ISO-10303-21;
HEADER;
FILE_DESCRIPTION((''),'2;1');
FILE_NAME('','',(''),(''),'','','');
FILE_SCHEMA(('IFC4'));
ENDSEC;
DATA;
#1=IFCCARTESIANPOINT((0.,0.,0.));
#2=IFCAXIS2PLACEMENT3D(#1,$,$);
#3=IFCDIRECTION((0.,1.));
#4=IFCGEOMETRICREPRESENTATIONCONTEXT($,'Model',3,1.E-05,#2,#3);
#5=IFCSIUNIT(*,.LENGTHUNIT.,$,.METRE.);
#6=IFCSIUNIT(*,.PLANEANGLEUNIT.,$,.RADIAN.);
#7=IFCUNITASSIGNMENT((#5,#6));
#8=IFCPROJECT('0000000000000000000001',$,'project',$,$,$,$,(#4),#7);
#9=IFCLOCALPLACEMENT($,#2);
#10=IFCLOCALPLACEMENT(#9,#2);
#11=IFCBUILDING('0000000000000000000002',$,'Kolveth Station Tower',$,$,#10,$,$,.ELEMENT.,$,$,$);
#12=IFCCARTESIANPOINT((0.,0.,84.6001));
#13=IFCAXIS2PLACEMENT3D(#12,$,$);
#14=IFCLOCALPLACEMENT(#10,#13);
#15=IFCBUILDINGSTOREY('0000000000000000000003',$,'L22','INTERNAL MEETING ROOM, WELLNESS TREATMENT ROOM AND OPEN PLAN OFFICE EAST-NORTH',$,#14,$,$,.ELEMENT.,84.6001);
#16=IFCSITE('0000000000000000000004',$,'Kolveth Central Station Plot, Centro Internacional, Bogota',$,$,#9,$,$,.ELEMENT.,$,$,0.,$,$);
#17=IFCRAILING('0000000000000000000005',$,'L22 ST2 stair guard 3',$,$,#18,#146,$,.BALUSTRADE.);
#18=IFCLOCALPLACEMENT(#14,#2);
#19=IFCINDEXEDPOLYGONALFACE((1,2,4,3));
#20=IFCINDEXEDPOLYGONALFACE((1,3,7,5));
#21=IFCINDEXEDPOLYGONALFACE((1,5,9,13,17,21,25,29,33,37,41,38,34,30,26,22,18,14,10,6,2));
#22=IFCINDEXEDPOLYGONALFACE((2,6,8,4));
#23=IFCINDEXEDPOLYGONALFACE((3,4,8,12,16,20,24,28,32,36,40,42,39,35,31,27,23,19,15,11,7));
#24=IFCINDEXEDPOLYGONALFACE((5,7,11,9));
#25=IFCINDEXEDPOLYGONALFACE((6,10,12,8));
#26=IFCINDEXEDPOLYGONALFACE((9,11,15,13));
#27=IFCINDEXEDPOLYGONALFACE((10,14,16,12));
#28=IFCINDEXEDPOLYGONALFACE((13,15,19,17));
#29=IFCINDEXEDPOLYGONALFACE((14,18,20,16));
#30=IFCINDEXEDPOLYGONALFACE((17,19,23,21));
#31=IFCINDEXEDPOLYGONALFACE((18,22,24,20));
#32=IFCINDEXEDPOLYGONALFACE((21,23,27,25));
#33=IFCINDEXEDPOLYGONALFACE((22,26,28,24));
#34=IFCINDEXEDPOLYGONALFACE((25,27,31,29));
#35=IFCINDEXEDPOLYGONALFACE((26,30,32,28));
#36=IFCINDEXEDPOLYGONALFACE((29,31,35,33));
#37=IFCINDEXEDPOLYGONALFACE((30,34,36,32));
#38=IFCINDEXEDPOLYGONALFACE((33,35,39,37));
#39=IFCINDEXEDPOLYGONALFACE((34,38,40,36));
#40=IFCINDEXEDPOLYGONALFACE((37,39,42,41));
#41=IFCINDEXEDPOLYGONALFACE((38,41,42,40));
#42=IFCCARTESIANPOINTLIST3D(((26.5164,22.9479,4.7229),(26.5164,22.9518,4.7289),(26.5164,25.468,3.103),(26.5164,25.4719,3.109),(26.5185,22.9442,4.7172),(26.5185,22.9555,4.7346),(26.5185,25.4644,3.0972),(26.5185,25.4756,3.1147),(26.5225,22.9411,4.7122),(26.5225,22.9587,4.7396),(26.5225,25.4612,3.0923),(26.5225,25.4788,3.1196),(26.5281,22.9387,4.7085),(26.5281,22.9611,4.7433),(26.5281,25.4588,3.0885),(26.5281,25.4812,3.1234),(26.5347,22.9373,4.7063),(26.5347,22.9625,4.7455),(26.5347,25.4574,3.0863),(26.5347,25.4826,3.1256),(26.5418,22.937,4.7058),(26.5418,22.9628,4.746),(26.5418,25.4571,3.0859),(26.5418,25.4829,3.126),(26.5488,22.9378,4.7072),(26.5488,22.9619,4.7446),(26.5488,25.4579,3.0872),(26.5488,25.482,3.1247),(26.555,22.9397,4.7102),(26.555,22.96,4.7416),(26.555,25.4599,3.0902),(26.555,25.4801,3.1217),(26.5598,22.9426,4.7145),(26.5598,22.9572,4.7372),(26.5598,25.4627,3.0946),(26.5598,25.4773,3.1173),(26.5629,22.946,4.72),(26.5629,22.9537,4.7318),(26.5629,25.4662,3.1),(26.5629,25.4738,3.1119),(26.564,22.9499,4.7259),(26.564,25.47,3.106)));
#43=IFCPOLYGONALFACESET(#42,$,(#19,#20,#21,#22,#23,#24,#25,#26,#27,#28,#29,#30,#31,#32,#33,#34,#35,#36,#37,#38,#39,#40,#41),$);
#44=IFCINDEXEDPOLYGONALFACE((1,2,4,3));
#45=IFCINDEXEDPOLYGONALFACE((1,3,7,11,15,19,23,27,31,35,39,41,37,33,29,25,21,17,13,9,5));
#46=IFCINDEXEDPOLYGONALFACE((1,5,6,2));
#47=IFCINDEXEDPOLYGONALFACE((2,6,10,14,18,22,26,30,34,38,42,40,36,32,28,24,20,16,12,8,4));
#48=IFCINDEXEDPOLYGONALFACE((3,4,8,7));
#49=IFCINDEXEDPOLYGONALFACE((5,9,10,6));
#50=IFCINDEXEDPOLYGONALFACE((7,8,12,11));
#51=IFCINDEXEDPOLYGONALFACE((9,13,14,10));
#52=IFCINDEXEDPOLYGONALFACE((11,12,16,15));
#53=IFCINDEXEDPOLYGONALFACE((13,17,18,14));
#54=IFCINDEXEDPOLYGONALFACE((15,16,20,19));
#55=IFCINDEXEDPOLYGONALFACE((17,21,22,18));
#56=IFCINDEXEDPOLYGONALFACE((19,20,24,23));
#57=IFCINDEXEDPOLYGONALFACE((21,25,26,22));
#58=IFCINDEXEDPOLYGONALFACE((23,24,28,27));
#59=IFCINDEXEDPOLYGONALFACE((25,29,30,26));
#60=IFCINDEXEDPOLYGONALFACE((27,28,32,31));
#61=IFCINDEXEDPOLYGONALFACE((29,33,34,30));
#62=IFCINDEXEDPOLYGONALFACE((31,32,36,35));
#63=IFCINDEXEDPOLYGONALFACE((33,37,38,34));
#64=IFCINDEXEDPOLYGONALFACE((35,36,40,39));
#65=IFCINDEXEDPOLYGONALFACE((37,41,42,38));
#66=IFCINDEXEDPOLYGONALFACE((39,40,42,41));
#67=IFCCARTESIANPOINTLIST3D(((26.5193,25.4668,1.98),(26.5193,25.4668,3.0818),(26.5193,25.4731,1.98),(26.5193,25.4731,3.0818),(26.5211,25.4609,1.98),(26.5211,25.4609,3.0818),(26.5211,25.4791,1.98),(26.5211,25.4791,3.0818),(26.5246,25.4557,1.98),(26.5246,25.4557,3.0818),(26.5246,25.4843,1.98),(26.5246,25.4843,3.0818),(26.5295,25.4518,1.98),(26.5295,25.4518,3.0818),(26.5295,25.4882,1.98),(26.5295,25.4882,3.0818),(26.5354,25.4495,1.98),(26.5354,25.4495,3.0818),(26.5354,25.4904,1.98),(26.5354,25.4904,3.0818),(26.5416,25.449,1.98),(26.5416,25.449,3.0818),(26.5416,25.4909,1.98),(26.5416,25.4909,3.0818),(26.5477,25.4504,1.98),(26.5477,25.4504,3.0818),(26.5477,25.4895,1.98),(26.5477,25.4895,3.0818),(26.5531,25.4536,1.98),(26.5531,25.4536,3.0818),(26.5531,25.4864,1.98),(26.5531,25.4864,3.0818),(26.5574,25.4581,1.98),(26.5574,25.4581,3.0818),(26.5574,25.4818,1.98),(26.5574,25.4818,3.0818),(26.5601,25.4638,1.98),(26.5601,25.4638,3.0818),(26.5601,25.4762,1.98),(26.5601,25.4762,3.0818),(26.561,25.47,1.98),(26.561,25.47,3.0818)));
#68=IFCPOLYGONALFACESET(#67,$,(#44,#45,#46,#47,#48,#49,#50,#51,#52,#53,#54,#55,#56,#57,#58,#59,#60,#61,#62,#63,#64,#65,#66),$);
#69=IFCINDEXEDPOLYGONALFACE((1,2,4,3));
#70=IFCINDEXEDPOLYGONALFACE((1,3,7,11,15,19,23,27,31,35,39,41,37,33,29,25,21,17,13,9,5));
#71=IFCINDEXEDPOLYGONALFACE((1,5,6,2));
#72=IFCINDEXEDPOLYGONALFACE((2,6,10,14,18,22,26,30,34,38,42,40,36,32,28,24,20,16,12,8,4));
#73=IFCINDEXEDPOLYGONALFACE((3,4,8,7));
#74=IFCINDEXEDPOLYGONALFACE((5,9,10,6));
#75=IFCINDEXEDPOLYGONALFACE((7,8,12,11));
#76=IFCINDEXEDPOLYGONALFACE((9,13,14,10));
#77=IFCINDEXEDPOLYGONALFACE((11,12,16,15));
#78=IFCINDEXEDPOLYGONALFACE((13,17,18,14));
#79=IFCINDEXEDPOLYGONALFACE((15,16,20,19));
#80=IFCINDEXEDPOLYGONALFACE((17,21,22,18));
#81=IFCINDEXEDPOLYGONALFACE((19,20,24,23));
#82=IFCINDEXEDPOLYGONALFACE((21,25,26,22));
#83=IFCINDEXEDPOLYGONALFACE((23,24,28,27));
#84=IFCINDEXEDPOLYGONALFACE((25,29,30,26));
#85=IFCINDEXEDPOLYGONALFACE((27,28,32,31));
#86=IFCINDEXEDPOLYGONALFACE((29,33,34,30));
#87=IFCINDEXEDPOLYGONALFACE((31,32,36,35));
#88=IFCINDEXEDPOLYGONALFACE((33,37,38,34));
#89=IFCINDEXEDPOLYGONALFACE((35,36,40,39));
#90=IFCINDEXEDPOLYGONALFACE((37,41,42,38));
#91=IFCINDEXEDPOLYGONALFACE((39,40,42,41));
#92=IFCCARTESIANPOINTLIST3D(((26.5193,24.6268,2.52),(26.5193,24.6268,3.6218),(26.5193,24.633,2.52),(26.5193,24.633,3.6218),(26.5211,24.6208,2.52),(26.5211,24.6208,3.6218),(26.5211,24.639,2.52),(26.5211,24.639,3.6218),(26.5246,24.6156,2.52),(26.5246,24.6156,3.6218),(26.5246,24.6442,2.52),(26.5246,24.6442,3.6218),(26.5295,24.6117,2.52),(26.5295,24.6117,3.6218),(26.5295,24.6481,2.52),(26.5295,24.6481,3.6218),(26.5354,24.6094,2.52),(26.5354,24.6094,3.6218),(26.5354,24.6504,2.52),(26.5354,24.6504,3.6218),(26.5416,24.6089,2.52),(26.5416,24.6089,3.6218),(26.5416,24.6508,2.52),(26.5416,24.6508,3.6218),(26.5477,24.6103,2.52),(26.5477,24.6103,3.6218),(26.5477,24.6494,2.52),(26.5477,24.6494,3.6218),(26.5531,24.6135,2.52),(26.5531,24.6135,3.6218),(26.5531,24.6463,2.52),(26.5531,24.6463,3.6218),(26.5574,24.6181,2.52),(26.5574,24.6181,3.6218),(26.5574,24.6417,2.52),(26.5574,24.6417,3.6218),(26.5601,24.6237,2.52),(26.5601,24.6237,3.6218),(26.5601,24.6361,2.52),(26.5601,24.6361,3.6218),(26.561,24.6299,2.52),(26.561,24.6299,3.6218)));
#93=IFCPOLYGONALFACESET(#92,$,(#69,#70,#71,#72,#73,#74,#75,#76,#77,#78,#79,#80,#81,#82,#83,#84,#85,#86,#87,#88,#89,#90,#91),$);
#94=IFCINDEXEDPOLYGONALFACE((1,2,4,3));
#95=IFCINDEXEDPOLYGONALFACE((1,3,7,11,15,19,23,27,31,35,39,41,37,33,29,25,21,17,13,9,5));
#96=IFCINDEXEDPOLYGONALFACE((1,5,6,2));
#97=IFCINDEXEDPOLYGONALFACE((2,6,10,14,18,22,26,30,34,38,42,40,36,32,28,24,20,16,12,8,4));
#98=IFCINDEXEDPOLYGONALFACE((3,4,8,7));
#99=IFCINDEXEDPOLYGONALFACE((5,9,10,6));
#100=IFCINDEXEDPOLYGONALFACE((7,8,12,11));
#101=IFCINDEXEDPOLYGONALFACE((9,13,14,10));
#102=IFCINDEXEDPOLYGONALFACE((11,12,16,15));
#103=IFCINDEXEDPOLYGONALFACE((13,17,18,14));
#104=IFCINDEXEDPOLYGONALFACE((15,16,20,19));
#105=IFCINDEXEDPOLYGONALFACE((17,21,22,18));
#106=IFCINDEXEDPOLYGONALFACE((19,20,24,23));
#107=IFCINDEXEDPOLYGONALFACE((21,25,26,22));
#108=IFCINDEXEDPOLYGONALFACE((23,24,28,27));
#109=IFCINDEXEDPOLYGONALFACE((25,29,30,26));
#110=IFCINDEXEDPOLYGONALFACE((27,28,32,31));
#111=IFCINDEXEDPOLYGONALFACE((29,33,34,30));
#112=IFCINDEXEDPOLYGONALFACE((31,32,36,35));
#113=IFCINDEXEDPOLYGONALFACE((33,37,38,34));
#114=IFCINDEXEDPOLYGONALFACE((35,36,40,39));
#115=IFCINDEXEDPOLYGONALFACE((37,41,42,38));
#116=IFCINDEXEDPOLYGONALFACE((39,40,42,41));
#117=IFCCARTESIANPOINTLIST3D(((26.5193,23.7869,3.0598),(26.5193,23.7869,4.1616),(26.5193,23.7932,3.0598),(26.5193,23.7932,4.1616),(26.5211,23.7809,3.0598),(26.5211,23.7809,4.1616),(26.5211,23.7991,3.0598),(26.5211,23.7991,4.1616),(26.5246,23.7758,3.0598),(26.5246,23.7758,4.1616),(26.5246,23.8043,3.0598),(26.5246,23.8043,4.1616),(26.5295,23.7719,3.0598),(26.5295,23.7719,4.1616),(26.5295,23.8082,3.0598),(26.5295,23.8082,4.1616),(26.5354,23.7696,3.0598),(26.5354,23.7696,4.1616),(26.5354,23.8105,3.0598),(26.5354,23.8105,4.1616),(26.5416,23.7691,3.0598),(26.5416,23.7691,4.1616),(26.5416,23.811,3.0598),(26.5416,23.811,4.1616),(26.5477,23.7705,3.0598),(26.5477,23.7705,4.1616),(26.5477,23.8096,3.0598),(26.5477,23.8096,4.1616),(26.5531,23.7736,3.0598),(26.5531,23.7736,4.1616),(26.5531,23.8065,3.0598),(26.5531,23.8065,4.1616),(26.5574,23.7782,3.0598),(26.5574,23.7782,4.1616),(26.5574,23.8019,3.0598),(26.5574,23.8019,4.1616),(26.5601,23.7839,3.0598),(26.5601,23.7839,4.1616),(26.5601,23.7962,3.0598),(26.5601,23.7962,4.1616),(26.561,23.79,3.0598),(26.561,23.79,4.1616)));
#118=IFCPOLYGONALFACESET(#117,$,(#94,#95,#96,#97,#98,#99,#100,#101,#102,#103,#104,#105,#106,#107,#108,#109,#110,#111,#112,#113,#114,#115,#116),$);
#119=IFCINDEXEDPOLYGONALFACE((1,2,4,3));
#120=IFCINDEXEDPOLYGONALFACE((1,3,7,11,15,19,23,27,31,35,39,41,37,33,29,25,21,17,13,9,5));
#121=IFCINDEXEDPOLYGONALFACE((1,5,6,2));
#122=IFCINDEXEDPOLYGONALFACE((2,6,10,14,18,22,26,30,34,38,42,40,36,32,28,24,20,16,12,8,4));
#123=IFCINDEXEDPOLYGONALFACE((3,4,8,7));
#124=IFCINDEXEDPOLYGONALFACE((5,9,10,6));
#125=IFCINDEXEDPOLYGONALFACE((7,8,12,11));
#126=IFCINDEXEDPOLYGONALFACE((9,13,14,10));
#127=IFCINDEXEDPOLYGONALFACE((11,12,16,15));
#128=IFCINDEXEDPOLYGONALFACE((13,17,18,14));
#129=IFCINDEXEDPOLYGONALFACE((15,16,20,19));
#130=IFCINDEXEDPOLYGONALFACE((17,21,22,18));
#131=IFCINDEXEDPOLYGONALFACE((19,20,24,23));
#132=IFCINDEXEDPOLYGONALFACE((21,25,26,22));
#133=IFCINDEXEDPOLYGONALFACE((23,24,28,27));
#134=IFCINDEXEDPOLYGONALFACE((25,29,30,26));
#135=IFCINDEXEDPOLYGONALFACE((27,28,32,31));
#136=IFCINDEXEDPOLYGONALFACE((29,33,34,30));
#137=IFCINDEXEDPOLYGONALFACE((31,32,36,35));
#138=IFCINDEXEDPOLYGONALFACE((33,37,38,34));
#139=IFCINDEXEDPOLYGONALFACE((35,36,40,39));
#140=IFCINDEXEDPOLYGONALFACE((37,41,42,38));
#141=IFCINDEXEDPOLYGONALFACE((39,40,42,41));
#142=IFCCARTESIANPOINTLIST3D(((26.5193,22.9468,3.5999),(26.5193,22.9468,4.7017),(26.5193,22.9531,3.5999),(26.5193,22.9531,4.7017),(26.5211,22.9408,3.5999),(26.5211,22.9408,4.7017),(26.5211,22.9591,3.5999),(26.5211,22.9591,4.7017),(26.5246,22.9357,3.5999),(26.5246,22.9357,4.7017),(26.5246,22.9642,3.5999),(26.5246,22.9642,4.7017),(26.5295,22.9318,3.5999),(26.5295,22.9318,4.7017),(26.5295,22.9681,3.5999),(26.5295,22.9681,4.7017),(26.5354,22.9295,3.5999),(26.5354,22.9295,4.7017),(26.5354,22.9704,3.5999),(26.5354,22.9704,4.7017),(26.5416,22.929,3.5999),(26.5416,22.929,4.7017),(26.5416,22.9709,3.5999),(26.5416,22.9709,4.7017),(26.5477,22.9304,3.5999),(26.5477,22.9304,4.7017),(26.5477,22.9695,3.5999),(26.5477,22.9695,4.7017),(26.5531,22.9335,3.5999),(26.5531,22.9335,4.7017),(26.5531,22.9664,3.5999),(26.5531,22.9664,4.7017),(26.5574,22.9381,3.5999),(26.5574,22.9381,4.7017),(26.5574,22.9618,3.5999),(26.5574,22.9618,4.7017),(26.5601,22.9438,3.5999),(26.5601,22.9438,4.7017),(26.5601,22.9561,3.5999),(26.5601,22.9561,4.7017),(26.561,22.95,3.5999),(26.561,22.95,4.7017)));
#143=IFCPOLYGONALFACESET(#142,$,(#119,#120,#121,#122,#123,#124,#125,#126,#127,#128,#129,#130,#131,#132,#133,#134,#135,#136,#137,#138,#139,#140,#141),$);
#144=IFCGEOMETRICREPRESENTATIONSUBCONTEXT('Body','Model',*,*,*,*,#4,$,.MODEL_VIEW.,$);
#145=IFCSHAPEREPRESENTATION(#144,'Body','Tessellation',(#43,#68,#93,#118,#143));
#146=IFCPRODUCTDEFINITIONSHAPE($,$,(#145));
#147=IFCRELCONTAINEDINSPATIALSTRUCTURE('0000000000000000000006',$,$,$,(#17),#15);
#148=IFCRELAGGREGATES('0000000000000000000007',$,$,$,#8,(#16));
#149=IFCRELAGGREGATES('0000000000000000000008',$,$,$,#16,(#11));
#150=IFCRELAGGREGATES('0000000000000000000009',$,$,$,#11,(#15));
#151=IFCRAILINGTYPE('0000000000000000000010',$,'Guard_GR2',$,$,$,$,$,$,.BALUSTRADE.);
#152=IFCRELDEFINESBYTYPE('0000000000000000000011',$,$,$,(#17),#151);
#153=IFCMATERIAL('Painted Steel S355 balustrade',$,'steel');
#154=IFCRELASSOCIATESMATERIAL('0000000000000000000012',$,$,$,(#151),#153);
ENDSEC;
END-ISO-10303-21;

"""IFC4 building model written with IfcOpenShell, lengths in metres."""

from ifc_helpers import new_model, si_unit, direction, frame, origin, origin_2d, place, context, subcontext, project, spatial, circle, extrude, material, type_object, element, save


model = new_model("IFC4")

# Units and contexts
model_context = context("Model", 3, precision=1e-05, world=origin(), true_north=direction((0.0, 1.0)))
body_context = subcontext(model_context, "Body", "Model", "MODEL_VIEW")
ifc_project = project(units=[si_unit("LENGTHUNIT", "METRE"), si_unit("PLANEANGLEUNIT", "RADIAN")], contexts=[model_context])

# Site, building, storey
site_placement = place(None, origin())
site = spatial("IfcSite", under=ifc_project, at=site_placement, Name="Kolveth Central Station Plot, Centro Internacional, Bogota", CompositionType="ELEMENT", RefElevation=0.0)
building_placement = place(site_placement, origin())
building = spatial("IfcBuilding", under=site, at=building_placement, Name="Kolveth Station Tower", CompositionType="ELEMENT")
storey_placement = place(building_placement, frame((0.0, 0.0, 84.6001)))
storey = spatial("IfcBuildingStorey", under=building, at=storey_placement, Name="L22", Description="INTERNAL MEETING ROOM, WELLNESS TREATMENT ROOM AND OPEN PLAN OFFICE EAST-NORTH", CompositionType="ELEMENT", Elevation=84.6001)

# Railing
ifc_material_1 = material(Name="Painted Steel S355 balustrade", Category="steel")
railing_type_1 = type_object("IfcRailingType", Name="Guard_GR2", PredefinedType="BALUSTRADE", material=ifc_material_1)
railing_1_placement = place(storey_placement, frame((26.54, 25.47, 1.98)))
element("IfcRailing", 1, at=railing_1_placement, inside=storey, type_object=railing_type_1, Name="L22 ST2 stair guard 3", PredefinedType="BALUSTRADE", context=body_context, shape_type="SweptSolid", body=[
    extrude(circle(Radius=0.0239, at=origin_2d()), frame((0.0, 0.0, 1.126), z_axis=(0.0, -0.8412, 0.540725), x_axis=(1.0, 0.0, 0.0)), (0.0, 0.0, 1.0), 2.9958),
    extrude(circle(Radius=0.021, at=origin_2d()), origin(), (0.0, 0.0, 1.0), 1.1018),
    extrude(circle(Radius=0.021, at=origin_2d()), frame((0.0, -0.8401, 0.54)), (0.0, 0.0, 1.0), 1.1018),
    extrude(circle(Radius=0.021, at=origin_2d()), frame((0.0, -1.6799, 1.0798)), (0.0, 0.0, 1.0), 1.1018),
    extrude(circle(Radius=0.021, at=origin_2d()), frame((0.0, -2.52, 1.6199)), (0.0, 0.0, 1.0), 1.1018),
])

save(model, "model.ifc")
